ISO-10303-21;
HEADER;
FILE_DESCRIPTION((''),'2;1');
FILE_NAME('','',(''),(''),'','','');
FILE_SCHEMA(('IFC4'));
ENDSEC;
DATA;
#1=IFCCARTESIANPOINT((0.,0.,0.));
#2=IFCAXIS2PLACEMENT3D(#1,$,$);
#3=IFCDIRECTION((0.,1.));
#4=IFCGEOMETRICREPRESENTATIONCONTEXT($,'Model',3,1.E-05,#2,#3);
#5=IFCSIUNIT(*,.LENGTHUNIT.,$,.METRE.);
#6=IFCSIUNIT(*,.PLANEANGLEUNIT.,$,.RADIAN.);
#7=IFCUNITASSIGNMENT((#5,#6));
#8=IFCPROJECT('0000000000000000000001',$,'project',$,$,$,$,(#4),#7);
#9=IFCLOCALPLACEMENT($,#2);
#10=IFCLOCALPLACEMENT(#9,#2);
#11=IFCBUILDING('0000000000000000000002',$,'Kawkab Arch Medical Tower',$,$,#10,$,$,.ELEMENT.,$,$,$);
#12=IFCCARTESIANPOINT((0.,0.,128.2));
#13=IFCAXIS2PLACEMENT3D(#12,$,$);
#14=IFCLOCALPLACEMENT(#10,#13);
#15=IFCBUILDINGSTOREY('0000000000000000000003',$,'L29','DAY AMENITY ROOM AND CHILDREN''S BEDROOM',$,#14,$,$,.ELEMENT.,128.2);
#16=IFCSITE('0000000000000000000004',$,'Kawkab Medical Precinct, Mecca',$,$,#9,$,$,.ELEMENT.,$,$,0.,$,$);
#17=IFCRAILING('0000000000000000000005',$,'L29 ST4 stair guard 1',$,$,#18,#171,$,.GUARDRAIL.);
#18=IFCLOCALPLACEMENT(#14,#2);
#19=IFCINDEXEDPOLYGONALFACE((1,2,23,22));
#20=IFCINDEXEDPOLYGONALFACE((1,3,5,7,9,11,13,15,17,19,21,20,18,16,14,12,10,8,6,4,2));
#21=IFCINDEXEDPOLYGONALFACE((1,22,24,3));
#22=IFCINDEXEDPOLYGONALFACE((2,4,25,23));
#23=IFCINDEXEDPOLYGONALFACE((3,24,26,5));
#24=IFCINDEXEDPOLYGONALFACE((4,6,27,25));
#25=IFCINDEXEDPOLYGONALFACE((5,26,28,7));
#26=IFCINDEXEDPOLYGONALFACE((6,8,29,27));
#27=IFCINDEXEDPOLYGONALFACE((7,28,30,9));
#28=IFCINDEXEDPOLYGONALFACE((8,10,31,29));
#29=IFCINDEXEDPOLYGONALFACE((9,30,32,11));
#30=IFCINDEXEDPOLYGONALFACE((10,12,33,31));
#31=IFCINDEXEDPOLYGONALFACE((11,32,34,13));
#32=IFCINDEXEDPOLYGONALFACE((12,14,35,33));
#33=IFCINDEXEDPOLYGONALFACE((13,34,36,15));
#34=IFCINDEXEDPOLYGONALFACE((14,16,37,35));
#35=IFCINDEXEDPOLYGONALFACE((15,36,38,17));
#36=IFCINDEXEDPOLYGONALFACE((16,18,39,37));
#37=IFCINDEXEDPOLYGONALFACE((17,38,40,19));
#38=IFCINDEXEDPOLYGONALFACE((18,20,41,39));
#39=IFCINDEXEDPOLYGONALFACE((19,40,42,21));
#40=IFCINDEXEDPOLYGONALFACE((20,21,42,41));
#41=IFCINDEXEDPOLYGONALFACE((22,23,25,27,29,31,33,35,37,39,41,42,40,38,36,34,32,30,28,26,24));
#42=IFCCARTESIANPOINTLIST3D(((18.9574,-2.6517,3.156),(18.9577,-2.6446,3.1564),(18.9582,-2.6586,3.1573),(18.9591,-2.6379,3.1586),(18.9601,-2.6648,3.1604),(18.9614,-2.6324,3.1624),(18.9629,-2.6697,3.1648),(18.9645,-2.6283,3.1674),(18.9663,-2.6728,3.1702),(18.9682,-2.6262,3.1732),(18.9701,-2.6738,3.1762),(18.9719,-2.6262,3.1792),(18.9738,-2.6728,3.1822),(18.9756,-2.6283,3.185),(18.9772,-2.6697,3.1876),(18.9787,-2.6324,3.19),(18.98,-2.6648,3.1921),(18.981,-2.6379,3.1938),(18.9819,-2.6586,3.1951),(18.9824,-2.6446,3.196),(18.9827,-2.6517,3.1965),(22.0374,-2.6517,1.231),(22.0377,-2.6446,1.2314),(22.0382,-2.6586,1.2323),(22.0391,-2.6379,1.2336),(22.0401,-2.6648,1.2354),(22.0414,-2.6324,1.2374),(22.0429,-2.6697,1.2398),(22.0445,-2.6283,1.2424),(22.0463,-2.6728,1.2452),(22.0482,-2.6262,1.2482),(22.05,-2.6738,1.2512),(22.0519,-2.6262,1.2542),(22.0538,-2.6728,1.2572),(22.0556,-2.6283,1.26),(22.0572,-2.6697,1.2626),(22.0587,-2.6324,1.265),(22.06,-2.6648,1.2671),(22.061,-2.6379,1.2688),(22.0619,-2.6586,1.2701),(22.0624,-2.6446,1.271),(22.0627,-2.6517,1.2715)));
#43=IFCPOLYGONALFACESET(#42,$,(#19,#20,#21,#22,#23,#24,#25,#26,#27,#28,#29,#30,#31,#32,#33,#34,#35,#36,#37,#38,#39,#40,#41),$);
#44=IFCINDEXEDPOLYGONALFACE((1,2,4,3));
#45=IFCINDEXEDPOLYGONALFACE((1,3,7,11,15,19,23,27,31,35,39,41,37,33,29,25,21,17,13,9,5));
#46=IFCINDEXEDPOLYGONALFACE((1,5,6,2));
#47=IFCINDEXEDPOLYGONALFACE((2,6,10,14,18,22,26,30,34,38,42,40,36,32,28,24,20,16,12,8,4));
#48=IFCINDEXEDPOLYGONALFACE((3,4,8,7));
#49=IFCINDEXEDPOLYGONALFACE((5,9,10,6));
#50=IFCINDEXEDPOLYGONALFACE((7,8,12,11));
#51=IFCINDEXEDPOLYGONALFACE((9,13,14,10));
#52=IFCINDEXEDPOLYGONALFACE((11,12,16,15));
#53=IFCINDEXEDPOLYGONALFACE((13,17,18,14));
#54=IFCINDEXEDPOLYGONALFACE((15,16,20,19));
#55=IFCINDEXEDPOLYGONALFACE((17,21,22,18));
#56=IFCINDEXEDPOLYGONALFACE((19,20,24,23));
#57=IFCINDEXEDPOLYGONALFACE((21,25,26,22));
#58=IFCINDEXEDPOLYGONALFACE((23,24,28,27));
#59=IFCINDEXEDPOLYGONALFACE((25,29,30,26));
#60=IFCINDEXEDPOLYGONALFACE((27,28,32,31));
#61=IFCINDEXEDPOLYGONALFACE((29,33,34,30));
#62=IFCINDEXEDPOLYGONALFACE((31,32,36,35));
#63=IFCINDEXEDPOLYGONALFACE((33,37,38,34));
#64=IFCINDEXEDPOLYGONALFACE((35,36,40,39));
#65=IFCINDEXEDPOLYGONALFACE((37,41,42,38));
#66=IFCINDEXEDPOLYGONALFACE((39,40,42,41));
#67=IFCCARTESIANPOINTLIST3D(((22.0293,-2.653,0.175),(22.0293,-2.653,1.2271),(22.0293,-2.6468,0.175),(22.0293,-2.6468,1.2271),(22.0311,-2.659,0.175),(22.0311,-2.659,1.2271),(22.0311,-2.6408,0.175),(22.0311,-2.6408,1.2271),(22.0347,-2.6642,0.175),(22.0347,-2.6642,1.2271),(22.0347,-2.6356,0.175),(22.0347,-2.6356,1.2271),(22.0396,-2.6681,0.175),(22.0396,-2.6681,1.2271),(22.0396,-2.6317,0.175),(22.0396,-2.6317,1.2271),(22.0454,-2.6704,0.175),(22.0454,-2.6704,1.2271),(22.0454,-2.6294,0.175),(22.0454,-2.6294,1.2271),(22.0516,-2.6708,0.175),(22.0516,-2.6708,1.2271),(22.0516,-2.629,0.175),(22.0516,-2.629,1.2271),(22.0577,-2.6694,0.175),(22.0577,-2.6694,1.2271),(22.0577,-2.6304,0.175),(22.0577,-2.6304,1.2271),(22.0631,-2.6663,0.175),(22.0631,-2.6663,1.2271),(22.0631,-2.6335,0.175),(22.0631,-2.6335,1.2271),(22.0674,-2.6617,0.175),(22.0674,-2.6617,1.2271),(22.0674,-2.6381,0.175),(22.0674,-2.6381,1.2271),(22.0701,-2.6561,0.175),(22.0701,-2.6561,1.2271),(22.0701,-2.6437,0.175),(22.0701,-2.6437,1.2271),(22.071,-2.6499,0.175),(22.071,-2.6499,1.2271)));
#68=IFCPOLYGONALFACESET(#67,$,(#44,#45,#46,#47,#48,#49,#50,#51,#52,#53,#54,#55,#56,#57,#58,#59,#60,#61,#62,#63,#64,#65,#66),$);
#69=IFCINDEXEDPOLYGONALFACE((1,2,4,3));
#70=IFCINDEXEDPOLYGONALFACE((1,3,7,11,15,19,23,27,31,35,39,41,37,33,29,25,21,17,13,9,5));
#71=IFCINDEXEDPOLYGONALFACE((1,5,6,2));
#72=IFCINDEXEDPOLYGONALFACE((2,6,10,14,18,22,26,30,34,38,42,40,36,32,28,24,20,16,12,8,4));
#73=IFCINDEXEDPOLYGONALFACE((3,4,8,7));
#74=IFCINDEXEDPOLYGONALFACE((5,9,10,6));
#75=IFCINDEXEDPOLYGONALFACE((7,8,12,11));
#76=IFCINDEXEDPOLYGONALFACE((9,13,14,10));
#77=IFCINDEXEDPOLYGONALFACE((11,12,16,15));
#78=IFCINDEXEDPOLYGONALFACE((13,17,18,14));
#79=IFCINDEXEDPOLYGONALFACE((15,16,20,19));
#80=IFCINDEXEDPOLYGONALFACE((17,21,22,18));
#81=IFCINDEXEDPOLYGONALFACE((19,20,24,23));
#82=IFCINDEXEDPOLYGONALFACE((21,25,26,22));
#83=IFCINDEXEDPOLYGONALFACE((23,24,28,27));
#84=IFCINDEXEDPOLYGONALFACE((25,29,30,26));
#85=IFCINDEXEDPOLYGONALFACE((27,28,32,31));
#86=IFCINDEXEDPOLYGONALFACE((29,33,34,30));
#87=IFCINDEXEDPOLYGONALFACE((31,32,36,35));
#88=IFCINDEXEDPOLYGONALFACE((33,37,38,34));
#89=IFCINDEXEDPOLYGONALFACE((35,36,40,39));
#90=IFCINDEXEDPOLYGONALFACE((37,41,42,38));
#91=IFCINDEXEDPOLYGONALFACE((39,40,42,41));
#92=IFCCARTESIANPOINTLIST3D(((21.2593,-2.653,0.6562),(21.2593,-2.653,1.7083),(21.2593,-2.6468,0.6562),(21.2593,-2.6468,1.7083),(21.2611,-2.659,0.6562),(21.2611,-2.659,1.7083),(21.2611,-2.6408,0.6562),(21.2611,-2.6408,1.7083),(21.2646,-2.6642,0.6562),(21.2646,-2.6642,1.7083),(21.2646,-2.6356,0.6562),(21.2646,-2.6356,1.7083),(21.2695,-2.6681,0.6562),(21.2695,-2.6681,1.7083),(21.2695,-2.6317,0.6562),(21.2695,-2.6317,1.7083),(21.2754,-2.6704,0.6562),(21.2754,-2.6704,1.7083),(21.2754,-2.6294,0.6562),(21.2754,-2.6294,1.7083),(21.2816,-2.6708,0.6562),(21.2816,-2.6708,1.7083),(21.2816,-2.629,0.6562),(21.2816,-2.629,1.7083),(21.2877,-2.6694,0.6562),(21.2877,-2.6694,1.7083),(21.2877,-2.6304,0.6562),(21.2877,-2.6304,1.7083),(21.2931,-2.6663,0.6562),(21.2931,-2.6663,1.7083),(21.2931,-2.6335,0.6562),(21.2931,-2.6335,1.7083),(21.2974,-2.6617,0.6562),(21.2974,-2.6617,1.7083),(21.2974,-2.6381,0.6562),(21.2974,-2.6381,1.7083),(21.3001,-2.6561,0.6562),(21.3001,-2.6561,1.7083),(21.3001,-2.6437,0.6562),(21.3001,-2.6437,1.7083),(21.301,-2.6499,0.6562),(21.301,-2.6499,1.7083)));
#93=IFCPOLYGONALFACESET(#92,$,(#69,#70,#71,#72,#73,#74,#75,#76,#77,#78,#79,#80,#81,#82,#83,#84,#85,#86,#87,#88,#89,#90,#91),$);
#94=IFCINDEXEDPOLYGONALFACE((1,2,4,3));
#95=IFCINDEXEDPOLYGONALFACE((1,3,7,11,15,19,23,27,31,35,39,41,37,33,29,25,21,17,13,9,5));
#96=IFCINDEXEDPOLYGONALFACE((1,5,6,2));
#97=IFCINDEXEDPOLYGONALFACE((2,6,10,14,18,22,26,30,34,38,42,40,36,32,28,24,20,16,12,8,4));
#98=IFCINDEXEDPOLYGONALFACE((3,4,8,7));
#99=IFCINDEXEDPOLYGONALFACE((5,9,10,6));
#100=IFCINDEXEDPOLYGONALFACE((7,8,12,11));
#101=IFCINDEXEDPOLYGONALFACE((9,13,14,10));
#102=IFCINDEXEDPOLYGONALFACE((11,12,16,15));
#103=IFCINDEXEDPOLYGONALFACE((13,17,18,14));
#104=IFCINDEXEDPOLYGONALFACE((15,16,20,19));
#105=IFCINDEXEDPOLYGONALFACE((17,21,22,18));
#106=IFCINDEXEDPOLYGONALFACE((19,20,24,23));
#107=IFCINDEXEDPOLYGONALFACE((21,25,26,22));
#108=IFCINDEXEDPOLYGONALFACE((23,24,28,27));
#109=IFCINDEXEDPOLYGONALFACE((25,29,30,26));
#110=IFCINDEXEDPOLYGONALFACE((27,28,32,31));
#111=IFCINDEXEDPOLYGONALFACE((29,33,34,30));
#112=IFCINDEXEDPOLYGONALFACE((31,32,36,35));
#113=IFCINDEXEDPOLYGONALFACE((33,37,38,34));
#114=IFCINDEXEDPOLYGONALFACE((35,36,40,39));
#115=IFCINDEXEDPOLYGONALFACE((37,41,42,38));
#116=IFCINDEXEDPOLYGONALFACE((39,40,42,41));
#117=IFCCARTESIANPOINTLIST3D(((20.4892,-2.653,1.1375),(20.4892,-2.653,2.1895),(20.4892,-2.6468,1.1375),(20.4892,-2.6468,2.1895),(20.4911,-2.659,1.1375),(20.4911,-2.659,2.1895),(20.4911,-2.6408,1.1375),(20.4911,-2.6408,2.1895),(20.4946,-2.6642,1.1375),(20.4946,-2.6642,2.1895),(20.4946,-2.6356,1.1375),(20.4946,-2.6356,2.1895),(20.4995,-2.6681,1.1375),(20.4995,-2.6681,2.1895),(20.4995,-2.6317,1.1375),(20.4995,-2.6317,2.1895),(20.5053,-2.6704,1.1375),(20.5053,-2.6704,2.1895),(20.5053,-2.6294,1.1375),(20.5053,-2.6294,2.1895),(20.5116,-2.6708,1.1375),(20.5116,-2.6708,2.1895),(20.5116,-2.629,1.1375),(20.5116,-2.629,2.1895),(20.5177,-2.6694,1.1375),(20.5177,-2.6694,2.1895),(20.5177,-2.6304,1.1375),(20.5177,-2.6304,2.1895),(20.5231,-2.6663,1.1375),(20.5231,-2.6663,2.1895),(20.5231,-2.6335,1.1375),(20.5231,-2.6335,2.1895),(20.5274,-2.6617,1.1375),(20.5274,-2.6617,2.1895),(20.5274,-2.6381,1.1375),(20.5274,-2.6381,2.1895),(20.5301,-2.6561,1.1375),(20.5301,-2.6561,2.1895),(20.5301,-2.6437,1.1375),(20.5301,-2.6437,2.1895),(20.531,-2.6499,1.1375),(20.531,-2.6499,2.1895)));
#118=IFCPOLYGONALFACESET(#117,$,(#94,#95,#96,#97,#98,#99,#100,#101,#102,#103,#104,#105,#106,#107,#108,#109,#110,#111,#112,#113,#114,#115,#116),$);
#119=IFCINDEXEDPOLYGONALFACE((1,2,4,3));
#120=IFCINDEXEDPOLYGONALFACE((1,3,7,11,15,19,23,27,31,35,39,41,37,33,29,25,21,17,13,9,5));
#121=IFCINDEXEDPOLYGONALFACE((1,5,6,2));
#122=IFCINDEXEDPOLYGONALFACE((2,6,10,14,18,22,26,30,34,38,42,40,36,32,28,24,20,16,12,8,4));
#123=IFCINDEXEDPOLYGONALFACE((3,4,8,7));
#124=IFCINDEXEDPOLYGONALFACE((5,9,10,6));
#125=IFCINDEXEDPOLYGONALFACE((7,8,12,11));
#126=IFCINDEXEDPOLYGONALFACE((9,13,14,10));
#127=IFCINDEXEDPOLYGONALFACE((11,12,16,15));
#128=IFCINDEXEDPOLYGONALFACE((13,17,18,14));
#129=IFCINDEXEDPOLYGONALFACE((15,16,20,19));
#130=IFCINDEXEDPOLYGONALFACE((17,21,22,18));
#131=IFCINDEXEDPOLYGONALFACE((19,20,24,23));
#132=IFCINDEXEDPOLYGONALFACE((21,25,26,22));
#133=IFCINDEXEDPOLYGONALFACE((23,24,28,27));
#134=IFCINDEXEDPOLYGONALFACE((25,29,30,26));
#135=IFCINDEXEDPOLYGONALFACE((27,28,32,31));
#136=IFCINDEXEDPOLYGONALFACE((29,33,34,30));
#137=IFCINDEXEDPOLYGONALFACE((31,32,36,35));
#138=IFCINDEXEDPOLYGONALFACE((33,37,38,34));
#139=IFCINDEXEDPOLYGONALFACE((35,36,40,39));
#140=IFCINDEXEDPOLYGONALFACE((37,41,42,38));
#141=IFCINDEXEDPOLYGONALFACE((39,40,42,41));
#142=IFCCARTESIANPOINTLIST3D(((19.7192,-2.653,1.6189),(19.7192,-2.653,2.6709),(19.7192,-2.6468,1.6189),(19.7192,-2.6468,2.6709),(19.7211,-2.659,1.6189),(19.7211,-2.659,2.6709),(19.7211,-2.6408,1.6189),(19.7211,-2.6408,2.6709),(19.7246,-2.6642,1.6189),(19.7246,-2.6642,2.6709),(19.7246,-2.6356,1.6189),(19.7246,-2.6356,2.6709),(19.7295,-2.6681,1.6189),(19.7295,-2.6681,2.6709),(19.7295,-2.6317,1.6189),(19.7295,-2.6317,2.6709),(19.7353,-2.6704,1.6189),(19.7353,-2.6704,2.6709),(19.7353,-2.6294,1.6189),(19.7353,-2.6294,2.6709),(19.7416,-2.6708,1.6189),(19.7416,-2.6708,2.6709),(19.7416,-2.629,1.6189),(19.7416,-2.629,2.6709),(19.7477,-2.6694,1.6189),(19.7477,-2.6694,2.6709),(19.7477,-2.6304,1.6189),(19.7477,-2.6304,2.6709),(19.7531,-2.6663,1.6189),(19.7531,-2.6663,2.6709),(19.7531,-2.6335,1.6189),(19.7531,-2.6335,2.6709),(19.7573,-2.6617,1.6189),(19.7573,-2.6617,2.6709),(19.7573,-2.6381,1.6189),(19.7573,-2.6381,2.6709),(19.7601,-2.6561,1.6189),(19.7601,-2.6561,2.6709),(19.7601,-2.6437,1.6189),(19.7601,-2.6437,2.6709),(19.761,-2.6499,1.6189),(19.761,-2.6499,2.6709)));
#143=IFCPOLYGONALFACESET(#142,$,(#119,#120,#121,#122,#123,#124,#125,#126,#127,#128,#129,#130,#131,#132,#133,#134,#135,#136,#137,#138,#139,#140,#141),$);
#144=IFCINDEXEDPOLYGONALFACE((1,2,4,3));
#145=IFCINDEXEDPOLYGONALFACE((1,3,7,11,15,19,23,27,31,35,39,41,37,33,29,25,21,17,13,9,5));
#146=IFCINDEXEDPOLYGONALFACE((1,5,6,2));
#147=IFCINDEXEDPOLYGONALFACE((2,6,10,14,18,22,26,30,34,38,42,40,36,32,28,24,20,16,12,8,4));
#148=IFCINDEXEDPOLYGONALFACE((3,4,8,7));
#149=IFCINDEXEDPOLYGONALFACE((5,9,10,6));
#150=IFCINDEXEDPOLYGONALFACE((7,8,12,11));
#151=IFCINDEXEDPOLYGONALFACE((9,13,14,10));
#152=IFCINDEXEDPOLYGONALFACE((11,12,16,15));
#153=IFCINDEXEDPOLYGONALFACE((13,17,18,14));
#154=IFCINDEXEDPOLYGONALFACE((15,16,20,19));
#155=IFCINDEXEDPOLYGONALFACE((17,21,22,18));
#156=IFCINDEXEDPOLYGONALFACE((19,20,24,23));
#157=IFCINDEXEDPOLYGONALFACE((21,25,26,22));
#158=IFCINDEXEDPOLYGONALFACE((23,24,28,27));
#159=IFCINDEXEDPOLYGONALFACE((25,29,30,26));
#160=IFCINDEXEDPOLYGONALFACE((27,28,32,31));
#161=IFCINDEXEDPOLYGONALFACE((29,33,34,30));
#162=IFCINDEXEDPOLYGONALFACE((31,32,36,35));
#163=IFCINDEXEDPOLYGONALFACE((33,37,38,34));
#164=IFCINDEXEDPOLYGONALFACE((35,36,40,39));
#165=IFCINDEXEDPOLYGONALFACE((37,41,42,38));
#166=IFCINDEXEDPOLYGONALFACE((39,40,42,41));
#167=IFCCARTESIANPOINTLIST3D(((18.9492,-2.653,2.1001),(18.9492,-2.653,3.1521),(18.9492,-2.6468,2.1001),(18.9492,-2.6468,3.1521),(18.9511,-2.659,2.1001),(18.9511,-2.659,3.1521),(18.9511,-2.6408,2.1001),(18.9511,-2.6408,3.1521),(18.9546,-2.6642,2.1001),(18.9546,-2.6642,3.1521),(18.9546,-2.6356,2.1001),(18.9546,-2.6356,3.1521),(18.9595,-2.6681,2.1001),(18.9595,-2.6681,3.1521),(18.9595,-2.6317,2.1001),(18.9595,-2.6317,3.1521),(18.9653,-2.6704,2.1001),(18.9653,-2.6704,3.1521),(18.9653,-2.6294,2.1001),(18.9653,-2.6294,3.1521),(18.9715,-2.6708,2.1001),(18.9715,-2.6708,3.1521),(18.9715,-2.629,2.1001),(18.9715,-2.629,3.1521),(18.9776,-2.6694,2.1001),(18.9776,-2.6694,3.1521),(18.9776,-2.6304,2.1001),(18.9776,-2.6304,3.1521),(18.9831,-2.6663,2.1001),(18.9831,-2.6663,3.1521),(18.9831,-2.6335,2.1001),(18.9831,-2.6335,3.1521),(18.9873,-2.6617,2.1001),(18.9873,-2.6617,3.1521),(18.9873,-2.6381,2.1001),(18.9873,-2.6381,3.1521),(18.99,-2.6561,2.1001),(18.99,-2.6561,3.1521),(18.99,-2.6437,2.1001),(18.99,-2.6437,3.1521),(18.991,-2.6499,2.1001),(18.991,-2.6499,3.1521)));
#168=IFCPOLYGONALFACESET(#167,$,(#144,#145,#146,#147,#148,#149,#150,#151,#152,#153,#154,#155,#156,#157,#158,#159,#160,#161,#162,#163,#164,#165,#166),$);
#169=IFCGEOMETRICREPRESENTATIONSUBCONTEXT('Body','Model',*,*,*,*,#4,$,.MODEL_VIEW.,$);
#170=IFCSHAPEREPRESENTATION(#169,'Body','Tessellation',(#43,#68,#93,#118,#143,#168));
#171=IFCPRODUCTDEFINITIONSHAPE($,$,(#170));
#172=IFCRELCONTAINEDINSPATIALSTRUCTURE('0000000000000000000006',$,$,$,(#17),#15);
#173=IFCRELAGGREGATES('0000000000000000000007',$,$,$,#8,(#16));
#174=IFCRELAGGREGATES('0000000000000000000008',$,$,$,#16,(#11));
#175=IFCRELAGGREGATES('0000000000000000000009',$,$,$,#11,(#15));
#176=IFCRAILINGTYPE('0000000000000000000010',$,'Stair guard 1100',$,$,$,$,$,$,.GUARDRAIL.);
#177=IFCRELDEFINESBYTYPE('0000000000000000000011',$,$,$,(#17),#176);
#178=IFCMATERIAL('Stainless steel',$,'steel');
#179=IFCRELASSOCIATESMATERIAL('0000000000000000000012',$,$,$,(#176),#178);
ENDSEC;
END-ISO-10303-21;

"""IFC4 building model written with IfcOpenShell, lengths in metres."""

from ifc_helpers import new_model, si_unit, direction, frame, origin, origin_2d, place, context, subcontext, project, spatial, circle, extrude, material, type_object, element, save


model = new_model("IFC4")

# Units and contexts
model_context = context("Model", 3, precision=1e-05, world=origin(), true_north=direction((0.0, 1.0)))
body_context = subcontext(model_context, "Body", "Model", "MODEL_VIEW")
ifc_project = project(units=[si_unit("LENGTHUNIT", "METRE"), si_unit("PLANEANGLEUNIT", "RADIAN")], contexts=[model_context])

# Site, building, storey
site_placement = place(None, origin())
site = spatial("IfcSite", under=ifc_project, at=site_placement, Name="Kawkab Medical Precinct, Mecca", CompositionType="ELEMENT", RefElevation=0.0)
building_placement = place(site_placement, origin())
building = spatial("IfcBuilding", under=site, at=building_placement, Name="Kawkab Arch Medical Tower", CompositionType="ELEMENT")
storey_placement = place(building_placement, frame((0.0, 0.0, 128.2)))
storey = spatial("IfcBuildingStorey", under=building, at=storey_placement, Name="L29", Description="DAY AMENITY ROOM AND CHILDREN'S BEDROOM", CompositionType="ELEMENT", Elevation=128.2)

# Railing
ifc_material_1 = material(Name="Stainless steel", Category="steel")
railing_type_1 = type_object("IfcRailingType", Name="Stair guard 1100", PredefinedType="GUARDRAIL", material=ifc_material_1)
railing_1_placement = place(storey_placement, frame((22.05, -2.6499, 0.175)))
element("IfcRailing", 1, at=railing_1_placement, inside=storey, type_object=railing_type_1, Name="L29 ST4 stair guard 1", PredefinedType="GUARDRAIL", context=body_context, shape_type="SweptSolid", body=[
    extrude(circle(Radius=0.0239, at=origin_2d()), frame((0.0, 0.0, 1.0762), z_axis=(-0.847998, 0.0, 0.529999), x_axis=(0.0, -1.0, 0.0)), (0.0, 0.0, 1.0), 3.6321),
    extrude(circle(Radius=0.021, at=origin_2d()), origin(), (0.0, 0.0, 1.0), 1.052),
    extrude(circle(Radius=0.021, at=origin_2d()), frame((-0.77, 0.0, 0.4812)), (0.0, 0.0, 1.0), 1.052),
    extrude(circle(Radius=0.021, at=origin_2d()), frame((-1.54, 0.0, 0.9624)), (0.0, 0.0, 1.0), 1.052),
    extrude(circle(Radius=0.021, at=origin_2d()), frame((-2.3101, 0.0, 1.4438)), (0.0, 0.0, 1.0), 1.052),
    extrude(circle(Radius=0.021, at=origin_2d()), frame((-3.0801, 0.0, 1.925)), (0.0, 0.0, 1.0), 1.052),
])

save(model, "model.ifc")
